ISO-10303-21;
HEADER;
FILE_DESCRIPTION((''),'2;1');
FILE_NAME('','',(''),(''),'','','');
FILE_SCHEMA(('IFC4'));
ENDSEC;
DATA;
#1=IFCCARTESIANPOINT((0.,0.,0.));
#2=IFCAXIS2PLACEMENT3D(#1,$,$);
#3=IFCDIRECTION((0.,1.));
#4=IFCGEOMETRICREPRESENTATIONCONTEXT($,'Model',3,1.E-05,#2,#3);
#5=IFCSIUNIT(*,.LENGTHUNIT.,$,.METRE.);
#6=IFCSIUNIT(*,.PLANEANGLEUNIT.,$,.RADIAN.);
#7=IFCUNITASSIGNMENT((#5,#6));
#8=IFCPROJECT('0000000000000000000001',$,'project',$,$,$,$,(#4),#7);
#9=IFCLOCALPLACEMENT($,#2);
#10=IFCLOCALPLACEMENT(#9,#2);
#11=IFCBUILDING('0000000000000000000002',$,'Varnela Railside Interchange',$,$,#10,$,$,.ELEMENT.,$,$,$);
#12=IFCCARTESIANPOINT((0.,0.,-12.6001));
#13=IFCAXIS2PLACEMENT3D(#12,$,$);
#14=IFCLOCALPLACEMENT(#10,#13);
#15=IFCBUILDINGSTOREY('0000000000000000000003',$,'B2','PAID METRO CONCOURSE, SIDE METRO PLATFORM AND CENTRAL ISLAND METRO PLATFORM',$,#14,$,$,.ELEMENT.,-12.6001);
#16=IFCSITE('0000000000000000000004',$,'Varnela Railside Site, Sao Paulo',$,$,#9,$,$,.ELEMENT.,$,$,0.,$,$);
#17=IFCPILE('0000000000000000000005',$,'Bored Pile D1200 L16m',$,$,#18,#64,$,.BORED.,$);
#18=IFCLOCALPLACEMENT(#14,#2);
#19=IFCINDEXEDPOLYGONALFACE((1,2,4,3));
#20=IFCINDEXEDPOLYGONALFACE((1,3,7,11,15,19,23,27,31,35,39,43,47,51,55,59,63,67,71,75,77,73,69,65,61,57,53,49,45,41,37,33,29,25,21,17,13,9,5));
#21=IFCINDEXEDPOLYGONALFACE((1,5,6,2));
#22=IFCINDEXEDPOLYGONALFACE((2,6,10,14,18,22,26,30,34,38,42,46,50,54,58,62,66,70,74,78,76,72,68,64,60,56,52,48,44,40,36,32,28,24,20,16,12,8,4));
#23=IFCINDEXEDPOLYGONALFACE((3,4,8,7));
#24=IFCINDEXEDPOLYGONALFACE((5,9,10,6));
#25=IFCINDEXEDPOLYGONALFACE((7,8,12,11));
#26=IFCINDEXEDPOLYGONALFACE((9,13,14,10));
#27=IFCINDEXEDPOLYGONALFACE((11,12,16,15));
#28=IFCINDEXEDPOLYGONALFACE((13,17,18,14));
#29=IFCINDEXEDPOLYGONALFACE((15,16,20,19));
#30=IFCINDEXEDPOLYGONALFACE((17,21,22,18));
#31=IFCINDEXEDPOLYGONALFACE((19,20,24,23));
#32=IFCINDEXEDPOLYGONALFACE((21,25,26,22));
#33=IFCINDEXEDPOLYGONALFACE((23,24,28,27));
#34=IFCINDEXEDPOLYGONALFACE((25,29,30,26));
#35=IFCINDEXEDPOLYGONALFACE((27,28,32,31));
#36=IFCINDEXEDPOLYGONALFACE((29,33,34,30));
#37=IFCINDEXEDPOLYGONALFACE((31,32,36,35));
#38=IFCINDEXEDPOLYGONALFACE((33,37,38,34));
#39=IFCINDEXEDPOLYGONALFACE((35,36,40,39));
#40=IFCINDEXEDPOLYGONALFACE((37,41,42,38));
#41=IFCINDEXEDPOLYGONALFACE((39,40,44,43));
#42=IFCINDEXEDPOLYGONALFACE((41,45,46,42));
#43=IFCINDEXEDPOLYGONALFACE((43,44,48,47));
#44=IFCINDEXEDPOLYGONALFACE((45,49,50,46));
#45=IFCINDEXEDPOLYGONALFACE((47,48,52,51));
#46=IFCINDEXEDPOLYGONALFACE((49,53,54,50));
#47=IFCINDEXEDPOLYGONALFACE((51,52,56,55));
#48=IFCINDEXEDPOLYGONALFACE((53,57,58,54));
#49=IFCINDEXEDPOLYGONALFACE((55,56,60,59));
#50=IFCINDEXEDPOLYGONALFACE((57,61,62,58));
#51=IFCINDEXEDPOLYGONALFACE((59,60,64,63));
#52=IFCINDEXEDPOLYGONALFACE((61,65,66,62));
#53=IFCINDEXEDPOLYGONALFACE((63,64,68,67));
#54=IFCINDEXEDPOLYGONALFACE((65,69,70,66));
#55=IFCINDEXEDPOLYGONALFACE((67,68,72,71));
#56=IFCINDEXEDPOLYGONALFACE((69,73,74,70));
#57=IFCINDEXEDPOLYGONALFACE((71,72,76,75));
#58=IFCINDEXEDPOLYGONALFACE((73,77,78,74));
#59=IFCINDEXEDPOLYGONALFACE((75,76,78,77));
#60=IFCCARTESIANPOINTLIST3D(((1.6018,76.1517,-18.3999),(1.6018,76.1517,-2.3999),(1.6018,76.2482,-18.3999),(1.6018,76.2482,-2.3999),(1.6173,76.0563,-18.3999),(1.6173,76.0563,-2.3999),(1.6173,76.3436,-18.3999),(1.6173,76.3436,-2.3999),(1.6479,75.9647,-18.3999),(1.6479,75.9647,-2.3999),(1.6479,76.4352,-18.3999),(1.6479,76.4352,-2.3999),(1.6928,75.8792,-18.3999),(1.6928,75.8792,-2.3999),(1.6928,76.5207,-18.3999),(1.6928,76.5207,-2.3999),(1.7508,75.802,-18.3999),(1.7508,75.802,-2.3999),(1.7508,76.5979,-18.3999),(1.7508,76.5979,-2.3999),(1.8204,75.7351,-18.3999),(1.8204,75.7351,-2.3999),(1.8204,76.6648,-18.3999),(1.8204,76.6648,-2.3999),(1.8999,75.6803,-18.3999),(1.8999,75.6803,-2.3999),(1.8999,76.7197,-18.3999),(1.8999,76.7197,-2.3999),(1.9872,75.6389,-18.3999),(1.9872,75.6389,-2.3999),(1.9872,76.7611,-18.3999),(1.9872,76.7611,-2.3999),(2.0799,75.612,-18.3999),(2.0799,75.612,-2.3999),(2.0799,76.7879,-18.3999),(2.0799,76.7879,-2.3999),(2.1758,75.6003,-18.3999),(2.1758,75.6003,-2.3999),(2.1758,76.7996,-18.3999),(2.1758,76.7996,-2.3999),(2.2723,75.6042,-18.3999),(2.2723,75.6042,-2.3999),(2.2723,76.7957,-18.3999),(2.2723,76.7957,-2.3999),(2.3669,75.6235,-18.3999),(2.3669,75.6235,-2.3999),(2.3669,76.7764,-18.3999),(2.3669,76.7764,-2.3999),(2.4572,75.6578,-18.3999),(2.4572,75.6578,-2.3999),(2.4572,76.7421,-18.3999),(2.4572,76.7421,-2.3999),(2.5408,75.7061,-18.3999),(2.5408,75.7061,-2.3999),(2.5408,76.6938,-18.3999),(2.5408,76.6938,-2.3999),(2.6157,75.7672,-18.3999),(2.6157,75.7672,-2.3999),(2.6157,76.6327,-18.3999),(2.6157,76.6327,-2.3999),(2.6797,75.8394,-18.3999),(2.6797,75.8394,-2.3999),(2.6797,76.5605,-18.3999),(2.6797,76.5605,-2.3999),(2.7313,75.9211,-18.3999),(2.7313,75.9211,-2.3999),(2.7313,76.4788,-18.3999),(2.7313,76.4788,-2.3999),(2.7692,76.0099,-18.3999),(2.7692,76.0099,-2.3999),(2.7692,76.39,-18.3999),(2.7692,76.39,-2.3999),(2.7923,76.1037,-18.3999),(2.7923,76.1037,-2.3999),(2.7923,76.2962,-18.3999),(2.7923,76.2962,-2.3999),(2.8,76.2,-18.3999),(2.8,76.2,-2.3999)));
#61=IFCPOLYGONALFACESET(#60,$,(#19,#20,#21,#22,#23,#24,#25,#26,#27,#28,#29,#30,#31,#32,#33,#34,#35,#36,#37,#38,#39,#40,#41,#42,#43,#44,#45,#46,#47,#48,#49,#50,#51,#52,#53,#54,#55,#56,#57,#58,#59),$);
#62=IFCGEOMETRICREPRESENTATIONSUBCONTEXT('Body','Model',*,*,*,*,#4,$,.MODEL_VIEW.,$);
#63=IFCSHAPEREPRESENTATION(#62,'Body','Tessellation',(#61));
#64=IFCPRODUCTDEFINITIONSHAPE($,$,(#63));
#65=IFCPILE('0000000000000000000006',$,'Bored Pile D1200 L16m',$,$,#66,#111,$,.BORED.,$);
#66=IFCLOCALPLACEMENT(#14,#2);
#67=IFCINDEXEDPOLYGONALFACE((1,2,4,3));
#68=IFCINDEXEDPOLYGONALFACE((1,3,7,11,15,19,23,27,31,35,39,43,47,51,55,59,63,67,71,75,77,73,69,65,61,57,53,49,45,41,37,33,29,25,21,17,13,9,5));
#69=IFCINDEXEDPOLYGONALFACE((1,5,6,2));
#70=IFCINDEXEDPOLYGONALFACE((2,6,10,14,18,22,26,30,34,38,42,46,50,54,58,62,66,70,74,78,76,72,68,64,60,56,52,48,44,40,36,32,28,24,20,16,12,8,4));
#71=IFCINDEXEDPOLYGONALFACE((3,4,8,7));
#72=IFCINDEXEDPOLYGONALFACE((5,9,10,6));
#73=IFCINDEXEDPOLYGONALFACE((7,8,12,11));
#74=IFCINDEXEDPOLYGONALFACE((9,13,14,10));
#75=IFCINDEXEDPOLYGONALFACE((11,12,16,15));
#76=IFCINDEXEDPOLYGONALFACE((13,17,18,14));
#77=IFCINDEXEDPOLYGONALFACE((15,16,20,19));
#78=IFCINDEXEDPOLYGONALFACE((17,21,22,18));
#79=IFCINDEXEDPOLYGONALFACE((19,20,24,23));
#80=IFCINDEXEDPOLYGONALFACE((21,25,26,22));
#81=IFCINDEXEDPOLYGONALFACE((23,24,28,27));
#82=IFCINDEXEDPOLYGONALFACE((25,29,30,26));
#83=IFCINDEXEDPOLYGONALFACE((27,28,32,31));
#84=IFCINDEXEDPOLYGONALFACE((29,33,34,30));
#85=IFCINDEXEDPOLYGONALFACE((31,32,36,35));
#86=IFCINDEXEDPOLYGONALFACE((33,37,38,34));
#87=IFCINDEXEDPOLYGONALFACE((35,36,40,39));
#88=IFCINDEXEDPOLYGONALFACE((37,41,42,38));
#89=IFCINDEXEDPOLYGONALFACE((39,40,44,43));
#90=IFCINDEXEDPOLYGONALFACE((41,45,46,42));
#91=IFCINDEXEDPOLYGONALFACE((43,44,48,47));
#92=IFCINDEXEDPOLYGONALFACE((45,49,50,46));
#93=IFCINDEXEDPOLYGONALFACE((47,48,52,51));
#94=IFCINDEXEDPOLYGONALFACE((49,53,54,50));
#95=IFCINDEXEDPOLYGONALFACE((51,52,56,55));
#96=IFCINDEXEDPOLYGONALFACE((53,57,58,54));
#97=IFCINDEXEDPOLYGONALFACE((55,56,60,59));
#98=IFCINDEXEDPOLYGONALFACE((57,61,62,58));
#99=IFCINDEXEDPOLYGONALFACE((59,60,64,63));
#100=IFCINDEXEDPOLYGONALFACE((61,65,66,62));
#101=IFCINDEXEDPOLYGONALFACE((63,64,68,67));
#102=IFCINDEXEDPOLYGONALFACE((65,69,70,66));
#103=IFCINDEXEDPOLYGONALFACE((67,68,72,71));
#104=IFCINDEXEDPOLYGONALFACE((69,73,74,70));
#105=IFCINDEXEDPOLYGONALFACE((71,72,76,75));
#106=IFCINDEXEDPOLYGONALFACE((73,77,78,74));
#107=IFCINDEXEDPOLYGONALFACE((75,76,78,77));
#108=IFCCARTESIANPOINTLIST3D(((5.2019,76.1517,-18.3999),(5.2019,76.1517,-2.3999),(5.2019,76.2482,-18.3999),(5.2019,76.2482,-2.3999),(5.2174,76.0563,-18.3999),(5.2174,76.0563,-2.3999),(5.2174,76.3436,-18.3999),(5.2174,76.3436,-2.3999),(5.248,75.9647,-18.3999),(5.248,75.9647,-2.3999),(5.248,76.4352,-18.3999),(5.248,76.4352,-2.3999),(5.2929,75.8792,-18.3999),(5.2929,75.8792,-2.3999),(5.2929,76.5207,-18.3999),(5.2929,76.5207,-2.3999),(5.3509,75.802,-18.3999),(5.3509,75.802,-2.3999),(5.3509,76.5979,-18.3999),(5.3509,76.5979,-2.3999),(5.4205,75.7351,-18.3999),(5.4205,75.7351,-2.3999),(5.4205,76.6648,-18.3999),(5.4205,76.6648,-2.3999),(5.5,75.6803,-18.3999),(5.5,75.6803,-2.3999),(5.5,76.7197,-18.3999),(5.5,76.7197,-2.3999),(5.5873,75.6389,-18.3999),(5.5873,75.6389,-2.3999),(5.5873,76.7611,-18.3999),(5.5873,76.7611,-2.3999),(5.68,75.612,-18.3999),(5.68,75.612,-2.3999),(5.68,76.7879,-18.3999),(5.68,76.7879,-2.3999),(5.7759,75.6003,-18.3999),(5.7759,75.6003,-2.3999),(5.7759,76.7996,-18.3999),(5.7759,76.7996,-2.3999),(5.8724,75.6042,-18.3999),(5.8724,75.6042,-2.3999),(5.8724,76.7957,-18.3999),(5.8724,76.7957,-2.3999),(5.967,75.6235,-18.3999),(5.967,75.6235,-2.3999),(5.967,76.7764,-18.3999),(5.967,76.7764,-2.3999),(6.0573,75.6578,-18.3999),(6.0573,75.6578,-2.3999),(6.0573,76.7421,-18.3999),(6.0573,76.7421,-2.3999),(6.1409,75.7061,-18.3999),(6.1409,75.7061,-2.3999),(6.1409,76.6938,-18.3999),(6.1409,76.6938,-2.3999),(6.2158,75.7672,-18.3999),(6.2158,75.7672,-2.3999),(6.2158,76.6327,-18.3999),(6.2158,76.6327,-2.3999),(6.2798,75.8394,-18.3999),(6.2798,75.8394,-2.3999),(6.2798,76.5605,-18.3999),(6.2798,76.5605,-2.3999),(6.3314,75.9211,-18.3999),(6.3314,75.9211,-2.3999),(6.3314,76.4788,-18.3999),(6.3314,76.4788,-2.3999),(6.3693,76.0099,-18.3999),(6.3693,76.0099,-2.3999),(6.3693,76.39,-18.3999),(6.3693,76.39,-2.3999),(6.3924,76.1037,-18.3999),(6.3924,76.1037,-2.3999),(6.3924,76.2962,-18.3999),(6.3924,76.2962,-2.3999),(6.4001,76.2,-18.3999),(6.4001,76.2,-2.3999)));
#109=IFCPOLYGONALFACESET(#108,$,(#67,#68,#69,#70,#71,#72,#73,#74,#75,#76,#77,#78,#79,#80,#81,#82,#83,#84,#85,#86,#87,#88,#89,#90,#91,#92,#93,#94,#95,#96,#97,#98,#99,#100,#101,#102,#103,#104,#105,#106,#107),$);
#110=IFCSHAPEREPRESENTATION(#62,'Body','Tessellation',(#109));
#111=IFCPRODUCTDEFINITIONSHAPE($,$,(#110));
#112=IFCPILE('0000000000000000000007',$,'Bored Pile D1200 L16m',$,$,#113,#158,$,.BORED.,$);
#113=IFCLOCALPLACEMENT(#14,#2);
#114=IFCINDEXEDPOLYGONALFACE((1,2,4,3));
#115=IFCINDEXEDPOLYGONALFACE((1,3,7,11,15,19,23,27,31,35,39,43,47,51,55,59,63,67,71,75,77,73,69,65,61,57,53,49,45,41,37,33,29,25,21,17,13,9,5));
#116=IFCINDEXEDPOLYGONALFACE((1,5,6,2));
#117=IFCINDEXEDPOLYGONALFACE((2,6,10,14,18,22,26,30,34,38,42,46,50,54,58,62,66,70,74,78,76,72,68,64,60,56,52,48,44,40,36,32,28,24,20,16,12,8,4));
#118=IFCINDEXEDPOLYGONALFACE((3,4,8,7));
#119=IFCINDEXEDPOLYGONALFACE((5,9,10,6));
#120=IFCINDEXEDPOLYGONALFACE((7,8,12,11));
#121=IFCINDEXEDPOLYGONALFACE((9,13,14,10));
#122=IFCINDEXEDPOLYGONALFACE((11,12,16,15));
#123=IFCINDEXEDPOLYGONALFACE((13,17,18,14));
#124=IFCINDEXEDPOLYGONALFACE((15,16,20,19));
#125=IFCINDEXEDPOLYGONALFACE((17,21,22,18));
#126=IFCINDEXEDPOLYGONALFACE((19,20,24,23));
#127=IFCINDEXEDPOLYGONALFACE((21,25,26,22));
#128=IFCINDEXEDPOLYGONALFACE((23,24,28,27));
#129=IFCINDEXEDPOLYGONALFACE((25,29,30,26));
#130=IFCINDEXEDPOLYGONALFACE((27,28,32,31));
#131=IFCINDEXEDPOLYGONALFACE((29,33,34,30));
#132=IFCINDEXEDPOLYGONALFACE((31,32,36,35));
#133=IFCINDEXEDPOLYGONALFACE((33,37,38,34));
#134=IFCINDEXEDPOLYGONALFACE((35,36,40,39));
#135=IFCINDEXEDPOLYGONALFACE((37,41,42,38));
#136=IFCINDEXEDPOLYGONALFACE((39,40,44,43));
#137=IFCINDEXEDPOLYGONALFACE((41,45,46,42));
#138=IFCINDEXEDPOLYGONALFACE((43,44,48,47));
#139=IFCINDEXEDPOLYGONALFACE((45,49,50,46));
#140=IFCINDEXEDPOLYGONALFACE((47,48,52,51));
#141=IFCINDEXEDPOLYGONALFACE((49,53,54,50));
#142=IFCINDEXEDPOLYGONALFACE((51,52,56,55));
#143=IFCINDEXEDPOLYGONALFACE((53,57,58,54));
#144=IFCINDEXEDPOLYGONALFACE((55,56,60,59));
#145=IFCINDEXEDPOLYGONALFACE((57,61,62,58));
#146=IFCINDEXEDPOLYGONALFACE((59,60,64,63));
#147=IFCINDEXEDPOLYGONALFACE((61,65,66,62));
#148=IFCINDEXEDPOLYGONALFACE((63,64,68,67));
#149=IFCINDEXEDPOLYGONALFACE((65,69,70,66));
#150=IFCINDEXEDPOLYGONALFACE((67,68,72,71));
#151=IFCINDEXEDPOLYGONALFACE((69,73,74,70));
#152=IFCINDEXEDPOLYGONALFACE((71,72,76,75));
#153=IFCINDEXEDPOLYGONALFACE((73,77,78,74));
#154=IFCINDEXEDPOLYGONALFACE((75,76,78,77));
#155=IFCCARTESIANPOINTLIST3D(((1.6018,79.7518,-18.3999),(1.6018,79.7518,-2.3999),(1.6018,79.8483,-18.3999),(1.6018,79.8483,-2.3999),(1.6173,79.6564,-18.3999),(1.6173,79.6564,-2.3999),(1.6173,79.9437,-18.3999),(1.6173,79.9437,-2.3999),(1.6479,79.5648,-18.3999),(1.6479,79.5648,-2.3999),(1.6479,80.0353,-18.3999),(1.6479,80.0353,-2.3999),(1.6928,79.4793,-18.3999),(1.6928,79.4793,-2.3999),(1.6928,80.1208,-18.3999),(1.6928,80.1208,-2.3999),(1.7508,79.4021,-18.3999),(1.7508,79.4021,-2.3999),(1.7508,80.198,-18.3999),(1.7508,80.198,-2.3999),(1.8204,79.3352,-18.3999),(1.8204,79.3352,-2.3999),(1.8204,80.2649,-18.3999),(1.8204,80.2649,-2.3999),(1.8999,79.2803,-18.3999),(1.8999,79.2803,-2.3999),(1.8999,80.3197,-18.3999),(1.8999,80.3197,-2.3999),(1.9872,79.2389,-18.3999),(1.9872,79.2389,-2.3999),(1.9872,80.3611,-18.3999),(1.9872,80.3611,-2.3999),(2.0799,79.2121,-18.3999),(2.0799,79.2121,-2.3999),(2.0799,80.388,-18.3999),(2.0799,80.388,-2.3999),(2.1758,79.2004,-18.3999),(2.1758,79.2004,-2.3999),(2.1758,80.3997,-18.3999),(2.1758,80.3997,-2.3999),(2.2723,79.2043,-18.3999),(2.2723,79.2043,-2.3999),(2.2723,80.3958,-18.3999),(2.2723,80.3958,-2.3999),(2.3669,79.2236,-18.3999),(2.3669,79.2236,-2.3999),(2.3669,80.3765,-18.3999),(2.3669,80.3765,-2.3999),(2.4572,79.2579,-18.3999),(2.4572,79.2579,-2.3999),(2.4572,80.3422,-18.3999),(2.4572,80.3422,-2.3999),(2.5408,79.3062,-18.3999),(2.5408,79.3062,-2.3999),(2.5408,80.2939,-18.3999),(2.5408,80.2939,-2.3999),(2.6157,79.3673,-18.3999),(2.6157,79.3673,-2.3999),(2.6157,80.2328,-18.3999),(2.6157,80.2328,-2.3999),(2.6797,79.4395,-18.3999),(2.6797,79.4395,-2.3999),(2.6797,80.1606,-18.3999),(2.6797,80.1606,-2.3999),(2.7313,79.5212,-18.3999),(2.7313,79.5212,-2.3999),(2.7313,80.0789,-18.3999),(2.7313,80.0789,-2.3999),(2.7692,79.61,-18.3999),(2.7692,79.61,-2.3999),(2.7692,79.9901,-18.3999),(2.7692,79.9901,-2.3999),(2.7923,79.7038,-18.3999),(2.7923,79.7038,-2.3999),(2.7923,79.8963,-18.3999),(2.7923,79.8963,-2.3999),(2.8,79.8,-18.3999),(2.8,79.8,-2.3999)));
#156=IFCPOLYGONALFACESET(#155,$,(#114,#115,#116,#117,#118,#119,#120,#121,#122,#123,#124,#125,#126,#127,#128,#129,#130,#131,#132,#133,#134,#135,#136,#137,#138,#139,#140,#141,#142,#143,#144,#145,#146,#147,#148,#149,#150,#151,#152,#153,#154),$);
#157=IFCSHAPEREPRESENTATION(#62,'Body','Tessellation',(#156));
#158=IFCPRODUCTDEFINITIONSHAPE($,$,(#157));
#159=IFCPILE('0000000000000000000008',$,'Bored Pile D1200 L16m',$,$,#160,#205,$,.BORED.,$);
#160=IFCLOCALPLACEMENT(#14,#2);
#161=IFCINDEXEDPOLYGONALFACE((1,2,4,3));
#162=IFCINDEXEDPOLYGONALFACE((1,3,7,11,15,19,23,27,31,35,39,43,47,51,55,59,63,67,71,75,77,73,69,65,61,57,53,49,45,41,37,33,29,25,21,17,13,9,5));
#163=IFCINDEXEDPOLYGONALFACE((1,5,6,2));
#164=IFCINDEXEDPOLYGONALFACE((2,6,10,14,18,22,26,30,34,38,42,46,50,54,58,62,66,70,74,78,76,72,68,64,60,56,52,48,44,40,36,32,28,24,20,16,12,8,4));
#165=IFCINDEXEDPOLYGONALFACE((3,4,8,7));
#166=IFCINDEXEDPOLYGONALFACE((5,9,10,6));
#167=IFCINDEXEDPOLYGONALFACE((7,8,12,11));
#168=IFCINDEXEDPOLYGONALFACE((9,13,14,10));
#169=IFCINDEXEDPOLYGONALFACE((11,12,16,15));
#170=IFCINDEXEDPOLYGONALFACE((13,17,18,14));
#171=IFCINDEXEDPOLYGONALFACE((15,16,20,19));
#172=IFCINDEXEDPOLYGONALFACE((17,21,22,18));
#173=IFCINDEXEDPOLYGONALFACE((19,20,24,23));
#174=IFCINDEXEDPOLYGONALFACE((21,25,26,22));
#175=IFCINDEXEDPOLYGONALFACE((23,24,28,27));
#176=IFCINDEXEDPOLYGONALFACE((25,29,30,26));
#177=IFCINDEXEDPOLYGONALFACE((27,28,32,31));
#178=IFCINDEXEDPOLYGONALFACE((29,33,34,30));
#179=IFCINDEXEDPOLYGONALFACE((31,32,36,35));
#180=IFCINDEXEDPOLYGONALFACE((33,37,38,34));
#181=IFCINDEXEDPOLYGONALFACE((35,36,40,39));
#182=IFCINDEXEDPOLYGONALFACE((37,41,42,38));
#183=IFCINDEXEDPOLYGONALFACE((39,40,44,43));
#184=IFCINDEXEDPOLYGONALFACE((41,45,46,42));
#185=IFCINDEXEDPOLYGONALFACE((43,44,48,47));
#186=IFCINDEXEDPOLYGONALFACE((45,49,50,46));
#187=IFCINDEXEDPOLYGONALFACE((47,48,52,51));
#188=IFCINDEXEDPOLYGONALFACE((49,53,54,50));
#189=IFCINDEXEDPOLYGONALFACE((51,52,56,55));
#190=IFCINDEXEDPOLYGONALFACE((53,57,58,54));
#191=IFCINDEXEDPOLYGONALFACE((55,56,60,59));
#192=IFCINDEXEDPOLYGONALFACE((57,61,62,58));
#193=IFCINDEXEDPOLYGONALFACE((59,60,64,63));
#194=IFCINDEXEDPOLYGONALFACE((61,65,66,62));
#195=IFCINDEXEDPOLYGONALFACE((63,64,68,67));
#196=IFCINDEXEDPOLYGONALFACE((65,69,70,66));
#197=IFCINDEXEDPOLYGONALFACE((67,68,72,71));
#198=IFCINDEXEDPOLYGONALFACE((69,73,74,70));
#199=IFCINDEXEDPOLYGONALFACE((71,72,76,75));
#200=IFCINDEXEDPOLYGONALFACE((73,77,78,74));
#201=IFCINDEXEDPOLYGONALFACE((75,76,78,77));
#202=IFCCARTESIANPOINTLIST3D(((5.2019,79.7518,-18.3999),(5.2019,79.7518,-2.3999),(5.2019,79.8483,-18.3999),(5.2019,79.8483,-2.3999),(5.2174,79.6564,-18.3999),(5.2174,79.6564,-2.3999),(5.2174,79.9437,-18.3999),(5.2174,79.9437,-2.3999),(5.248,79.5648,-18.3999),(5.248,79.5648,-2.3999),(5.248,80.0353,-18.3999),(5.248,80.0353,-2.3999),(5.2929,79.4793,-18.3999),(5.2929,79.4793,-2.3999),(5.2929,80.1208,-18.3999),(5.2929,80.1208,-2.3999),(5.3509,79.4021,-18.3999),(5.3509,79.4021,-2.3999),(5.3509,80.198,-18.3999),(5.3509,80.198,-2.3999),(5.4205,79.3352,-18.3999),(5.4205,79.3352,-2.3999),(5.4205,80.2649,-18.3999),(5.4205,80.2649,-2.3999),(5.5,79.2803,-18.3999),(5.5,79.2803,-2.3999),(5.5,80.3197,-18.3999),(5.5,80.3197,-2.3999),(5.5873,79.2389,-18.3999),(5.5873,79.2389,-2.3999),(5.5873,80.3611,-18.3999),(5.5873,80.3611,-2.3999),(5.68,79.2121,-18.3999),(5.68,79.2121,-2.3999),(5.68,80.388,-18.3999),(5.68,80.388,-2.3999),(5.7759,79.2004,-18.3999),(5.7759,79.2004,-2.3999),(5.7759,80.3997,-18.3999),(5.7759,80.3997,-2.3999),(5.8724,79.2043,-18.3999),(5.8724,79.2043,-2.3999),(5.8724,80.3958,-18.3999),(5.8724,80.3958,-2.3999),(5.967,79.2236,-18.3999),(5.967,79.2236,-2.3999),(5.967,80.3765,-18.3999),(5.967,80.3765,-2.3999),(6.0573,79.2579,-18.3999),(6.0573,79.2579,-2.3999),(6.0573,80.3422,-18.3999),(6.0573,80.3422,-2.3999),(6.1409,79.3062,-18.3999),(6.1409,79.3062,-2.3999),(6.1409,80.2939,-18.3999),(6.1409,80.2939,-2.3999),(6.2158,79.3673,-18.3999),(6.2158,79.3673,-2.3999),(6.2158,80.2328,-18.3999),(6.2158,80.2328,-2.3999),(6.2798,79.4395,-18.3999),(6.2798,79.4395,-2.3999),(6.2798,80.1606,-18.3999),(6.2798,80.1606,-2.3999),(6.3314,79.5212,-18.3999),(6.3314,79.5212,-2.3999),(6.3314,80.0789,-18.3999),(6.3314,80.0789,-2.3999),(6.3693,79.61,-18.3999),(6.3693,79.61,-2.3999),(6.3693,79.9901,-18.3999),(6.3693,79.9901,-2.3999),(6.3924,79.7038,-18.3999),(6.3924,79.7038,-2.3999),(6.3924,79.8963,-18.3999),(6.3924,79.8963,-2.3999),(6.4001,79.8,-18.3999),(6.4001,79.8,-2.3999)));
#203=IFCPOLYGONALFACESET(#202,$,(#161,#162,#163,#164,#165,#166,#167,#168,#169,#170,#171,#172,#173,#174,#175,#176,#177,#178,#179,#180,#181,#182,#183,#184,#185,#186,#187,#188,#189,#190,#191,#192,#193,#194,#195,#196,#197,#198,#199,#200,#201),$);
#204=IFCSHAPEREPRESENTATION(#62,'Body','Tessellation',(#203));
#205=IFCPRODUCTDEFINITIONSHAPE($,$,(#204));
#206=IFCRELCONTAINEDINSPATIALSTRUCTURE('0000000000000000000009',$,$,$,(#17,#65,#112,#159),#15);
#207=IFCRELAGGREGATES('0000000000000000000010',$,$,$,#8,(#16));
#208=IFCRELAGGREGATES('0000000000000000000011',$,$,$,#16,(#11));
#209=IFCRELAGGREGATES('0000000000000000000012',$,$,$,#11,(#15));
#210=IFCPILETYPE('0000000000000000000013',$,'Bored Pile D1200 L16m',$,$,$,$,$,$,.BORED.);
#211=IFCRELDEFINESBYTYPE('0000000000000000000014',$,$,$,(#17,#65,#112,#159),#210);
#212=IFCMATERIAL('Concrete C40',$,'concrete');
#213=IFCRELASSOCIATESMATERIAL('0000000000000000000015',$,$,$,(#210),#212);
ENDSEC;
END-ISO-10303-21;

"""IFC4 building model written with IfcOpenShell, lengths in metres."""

from ifc_helpers import new_model, si_unit, direction, frame, origin, origin_2d, place, context, subcontext, project, spatial, circle, extrude, material, material_profile, profile_set, type_object, element, save


model = new_model("IFC4")

# Units and contexts
model_context = context("Model", 3, precision=1e-05, world=origin(), true_north=direction((0.0, 1.0)))
body_context = subcontext(model_context, "Body", "Model", "MODEL_VIEW")
ifc_project = project(units=[si_unit("LENGTHUNIT", "METRE"), si_unit("PLANEANGLEUNIT", "RADIAN")], contexts=[model_context])

# Site, building, storey
site_placement = place(None, origin())
site = spatial("IfcSite", under=ifc_project, at=site_placement, Name="Varnela Railside Site, Sao Paulo", CompositionType="ELEMENT", RefElevation=0.0)
building_placement = place(site_placement, origin())
building = spatial("IfcBuilding", under=site, at=building_placement, Name="Varnela Railside Interchange", CompositionType="ELEMENT")
storey_placement = place(building_placement, frame((0.0, 0.0, -12.6001)))
storey = spatial("IfcBuildingStorey", under=building, at=storey_placement, Name="B2", Description="PAID METRO CONCOURSE, SIDE METRO PLATFORM AND CENTRAL ISLAND METRO PLATFORM", CompositionType="ELEMENT", Elevation=-12.6001)

# Piles
ifc_material_1 = material(Name="Concrete C40", Category="concrete")
ifc_material_profile_1 = material_profile(ifc_material_1, circle(Radius=0.6001, at=origin_2d()), Name="BORED PILE D1200")
ifc_profile_set_1 = profile_set([ifc_material_profile_1], Name="Concrete C40")
pile_type = type_object("IfcPileType", Name="Bored Pile D1200 L16m", PredefinedType="BORED", material=ifc_profile_set_1)
for number, where, z_axis, x_axis, name in (
    (1, (2.2, 76.2, -2.3999), (0.0, 0.0, -1.0), (1.0, 0.0, 0.0), "Bored Pile D1200 L16m"),
    (2, (5.8, 76.2, -2.3999), (0.0, 0.0, -1.0), (1.0, 0.0, 0.0), "Bored Pile D1200 L16m"),
    (3, (2.2, 79.8, -2.3999), (0.0, 0.0, -1.0), (1.0, 0.0, 0.0), "Bored Pile D1200 L16m"),
    (4, (5.8, 79.8, -2.3999), (0.0, 0.0, -1.0), (1.0, 0.0, 0.0), "Bored Pile D1200 L16m"),
):
    element("IfcPile", number, at=place(storey_placement, frame(where, z_axis=z_axis, x_axis=x_axis)), inside=storey, type_object=pile_type, Name=name, PredefinedType="BORED", context=body_context, shape_type="SweptSolid", body=[
        extrude(circle(Radius=0.6001, at=origin_2d()), origin(), (0.0, 0.0, 1.0), 16.0),
    ])

save(model, "model.ifc")
